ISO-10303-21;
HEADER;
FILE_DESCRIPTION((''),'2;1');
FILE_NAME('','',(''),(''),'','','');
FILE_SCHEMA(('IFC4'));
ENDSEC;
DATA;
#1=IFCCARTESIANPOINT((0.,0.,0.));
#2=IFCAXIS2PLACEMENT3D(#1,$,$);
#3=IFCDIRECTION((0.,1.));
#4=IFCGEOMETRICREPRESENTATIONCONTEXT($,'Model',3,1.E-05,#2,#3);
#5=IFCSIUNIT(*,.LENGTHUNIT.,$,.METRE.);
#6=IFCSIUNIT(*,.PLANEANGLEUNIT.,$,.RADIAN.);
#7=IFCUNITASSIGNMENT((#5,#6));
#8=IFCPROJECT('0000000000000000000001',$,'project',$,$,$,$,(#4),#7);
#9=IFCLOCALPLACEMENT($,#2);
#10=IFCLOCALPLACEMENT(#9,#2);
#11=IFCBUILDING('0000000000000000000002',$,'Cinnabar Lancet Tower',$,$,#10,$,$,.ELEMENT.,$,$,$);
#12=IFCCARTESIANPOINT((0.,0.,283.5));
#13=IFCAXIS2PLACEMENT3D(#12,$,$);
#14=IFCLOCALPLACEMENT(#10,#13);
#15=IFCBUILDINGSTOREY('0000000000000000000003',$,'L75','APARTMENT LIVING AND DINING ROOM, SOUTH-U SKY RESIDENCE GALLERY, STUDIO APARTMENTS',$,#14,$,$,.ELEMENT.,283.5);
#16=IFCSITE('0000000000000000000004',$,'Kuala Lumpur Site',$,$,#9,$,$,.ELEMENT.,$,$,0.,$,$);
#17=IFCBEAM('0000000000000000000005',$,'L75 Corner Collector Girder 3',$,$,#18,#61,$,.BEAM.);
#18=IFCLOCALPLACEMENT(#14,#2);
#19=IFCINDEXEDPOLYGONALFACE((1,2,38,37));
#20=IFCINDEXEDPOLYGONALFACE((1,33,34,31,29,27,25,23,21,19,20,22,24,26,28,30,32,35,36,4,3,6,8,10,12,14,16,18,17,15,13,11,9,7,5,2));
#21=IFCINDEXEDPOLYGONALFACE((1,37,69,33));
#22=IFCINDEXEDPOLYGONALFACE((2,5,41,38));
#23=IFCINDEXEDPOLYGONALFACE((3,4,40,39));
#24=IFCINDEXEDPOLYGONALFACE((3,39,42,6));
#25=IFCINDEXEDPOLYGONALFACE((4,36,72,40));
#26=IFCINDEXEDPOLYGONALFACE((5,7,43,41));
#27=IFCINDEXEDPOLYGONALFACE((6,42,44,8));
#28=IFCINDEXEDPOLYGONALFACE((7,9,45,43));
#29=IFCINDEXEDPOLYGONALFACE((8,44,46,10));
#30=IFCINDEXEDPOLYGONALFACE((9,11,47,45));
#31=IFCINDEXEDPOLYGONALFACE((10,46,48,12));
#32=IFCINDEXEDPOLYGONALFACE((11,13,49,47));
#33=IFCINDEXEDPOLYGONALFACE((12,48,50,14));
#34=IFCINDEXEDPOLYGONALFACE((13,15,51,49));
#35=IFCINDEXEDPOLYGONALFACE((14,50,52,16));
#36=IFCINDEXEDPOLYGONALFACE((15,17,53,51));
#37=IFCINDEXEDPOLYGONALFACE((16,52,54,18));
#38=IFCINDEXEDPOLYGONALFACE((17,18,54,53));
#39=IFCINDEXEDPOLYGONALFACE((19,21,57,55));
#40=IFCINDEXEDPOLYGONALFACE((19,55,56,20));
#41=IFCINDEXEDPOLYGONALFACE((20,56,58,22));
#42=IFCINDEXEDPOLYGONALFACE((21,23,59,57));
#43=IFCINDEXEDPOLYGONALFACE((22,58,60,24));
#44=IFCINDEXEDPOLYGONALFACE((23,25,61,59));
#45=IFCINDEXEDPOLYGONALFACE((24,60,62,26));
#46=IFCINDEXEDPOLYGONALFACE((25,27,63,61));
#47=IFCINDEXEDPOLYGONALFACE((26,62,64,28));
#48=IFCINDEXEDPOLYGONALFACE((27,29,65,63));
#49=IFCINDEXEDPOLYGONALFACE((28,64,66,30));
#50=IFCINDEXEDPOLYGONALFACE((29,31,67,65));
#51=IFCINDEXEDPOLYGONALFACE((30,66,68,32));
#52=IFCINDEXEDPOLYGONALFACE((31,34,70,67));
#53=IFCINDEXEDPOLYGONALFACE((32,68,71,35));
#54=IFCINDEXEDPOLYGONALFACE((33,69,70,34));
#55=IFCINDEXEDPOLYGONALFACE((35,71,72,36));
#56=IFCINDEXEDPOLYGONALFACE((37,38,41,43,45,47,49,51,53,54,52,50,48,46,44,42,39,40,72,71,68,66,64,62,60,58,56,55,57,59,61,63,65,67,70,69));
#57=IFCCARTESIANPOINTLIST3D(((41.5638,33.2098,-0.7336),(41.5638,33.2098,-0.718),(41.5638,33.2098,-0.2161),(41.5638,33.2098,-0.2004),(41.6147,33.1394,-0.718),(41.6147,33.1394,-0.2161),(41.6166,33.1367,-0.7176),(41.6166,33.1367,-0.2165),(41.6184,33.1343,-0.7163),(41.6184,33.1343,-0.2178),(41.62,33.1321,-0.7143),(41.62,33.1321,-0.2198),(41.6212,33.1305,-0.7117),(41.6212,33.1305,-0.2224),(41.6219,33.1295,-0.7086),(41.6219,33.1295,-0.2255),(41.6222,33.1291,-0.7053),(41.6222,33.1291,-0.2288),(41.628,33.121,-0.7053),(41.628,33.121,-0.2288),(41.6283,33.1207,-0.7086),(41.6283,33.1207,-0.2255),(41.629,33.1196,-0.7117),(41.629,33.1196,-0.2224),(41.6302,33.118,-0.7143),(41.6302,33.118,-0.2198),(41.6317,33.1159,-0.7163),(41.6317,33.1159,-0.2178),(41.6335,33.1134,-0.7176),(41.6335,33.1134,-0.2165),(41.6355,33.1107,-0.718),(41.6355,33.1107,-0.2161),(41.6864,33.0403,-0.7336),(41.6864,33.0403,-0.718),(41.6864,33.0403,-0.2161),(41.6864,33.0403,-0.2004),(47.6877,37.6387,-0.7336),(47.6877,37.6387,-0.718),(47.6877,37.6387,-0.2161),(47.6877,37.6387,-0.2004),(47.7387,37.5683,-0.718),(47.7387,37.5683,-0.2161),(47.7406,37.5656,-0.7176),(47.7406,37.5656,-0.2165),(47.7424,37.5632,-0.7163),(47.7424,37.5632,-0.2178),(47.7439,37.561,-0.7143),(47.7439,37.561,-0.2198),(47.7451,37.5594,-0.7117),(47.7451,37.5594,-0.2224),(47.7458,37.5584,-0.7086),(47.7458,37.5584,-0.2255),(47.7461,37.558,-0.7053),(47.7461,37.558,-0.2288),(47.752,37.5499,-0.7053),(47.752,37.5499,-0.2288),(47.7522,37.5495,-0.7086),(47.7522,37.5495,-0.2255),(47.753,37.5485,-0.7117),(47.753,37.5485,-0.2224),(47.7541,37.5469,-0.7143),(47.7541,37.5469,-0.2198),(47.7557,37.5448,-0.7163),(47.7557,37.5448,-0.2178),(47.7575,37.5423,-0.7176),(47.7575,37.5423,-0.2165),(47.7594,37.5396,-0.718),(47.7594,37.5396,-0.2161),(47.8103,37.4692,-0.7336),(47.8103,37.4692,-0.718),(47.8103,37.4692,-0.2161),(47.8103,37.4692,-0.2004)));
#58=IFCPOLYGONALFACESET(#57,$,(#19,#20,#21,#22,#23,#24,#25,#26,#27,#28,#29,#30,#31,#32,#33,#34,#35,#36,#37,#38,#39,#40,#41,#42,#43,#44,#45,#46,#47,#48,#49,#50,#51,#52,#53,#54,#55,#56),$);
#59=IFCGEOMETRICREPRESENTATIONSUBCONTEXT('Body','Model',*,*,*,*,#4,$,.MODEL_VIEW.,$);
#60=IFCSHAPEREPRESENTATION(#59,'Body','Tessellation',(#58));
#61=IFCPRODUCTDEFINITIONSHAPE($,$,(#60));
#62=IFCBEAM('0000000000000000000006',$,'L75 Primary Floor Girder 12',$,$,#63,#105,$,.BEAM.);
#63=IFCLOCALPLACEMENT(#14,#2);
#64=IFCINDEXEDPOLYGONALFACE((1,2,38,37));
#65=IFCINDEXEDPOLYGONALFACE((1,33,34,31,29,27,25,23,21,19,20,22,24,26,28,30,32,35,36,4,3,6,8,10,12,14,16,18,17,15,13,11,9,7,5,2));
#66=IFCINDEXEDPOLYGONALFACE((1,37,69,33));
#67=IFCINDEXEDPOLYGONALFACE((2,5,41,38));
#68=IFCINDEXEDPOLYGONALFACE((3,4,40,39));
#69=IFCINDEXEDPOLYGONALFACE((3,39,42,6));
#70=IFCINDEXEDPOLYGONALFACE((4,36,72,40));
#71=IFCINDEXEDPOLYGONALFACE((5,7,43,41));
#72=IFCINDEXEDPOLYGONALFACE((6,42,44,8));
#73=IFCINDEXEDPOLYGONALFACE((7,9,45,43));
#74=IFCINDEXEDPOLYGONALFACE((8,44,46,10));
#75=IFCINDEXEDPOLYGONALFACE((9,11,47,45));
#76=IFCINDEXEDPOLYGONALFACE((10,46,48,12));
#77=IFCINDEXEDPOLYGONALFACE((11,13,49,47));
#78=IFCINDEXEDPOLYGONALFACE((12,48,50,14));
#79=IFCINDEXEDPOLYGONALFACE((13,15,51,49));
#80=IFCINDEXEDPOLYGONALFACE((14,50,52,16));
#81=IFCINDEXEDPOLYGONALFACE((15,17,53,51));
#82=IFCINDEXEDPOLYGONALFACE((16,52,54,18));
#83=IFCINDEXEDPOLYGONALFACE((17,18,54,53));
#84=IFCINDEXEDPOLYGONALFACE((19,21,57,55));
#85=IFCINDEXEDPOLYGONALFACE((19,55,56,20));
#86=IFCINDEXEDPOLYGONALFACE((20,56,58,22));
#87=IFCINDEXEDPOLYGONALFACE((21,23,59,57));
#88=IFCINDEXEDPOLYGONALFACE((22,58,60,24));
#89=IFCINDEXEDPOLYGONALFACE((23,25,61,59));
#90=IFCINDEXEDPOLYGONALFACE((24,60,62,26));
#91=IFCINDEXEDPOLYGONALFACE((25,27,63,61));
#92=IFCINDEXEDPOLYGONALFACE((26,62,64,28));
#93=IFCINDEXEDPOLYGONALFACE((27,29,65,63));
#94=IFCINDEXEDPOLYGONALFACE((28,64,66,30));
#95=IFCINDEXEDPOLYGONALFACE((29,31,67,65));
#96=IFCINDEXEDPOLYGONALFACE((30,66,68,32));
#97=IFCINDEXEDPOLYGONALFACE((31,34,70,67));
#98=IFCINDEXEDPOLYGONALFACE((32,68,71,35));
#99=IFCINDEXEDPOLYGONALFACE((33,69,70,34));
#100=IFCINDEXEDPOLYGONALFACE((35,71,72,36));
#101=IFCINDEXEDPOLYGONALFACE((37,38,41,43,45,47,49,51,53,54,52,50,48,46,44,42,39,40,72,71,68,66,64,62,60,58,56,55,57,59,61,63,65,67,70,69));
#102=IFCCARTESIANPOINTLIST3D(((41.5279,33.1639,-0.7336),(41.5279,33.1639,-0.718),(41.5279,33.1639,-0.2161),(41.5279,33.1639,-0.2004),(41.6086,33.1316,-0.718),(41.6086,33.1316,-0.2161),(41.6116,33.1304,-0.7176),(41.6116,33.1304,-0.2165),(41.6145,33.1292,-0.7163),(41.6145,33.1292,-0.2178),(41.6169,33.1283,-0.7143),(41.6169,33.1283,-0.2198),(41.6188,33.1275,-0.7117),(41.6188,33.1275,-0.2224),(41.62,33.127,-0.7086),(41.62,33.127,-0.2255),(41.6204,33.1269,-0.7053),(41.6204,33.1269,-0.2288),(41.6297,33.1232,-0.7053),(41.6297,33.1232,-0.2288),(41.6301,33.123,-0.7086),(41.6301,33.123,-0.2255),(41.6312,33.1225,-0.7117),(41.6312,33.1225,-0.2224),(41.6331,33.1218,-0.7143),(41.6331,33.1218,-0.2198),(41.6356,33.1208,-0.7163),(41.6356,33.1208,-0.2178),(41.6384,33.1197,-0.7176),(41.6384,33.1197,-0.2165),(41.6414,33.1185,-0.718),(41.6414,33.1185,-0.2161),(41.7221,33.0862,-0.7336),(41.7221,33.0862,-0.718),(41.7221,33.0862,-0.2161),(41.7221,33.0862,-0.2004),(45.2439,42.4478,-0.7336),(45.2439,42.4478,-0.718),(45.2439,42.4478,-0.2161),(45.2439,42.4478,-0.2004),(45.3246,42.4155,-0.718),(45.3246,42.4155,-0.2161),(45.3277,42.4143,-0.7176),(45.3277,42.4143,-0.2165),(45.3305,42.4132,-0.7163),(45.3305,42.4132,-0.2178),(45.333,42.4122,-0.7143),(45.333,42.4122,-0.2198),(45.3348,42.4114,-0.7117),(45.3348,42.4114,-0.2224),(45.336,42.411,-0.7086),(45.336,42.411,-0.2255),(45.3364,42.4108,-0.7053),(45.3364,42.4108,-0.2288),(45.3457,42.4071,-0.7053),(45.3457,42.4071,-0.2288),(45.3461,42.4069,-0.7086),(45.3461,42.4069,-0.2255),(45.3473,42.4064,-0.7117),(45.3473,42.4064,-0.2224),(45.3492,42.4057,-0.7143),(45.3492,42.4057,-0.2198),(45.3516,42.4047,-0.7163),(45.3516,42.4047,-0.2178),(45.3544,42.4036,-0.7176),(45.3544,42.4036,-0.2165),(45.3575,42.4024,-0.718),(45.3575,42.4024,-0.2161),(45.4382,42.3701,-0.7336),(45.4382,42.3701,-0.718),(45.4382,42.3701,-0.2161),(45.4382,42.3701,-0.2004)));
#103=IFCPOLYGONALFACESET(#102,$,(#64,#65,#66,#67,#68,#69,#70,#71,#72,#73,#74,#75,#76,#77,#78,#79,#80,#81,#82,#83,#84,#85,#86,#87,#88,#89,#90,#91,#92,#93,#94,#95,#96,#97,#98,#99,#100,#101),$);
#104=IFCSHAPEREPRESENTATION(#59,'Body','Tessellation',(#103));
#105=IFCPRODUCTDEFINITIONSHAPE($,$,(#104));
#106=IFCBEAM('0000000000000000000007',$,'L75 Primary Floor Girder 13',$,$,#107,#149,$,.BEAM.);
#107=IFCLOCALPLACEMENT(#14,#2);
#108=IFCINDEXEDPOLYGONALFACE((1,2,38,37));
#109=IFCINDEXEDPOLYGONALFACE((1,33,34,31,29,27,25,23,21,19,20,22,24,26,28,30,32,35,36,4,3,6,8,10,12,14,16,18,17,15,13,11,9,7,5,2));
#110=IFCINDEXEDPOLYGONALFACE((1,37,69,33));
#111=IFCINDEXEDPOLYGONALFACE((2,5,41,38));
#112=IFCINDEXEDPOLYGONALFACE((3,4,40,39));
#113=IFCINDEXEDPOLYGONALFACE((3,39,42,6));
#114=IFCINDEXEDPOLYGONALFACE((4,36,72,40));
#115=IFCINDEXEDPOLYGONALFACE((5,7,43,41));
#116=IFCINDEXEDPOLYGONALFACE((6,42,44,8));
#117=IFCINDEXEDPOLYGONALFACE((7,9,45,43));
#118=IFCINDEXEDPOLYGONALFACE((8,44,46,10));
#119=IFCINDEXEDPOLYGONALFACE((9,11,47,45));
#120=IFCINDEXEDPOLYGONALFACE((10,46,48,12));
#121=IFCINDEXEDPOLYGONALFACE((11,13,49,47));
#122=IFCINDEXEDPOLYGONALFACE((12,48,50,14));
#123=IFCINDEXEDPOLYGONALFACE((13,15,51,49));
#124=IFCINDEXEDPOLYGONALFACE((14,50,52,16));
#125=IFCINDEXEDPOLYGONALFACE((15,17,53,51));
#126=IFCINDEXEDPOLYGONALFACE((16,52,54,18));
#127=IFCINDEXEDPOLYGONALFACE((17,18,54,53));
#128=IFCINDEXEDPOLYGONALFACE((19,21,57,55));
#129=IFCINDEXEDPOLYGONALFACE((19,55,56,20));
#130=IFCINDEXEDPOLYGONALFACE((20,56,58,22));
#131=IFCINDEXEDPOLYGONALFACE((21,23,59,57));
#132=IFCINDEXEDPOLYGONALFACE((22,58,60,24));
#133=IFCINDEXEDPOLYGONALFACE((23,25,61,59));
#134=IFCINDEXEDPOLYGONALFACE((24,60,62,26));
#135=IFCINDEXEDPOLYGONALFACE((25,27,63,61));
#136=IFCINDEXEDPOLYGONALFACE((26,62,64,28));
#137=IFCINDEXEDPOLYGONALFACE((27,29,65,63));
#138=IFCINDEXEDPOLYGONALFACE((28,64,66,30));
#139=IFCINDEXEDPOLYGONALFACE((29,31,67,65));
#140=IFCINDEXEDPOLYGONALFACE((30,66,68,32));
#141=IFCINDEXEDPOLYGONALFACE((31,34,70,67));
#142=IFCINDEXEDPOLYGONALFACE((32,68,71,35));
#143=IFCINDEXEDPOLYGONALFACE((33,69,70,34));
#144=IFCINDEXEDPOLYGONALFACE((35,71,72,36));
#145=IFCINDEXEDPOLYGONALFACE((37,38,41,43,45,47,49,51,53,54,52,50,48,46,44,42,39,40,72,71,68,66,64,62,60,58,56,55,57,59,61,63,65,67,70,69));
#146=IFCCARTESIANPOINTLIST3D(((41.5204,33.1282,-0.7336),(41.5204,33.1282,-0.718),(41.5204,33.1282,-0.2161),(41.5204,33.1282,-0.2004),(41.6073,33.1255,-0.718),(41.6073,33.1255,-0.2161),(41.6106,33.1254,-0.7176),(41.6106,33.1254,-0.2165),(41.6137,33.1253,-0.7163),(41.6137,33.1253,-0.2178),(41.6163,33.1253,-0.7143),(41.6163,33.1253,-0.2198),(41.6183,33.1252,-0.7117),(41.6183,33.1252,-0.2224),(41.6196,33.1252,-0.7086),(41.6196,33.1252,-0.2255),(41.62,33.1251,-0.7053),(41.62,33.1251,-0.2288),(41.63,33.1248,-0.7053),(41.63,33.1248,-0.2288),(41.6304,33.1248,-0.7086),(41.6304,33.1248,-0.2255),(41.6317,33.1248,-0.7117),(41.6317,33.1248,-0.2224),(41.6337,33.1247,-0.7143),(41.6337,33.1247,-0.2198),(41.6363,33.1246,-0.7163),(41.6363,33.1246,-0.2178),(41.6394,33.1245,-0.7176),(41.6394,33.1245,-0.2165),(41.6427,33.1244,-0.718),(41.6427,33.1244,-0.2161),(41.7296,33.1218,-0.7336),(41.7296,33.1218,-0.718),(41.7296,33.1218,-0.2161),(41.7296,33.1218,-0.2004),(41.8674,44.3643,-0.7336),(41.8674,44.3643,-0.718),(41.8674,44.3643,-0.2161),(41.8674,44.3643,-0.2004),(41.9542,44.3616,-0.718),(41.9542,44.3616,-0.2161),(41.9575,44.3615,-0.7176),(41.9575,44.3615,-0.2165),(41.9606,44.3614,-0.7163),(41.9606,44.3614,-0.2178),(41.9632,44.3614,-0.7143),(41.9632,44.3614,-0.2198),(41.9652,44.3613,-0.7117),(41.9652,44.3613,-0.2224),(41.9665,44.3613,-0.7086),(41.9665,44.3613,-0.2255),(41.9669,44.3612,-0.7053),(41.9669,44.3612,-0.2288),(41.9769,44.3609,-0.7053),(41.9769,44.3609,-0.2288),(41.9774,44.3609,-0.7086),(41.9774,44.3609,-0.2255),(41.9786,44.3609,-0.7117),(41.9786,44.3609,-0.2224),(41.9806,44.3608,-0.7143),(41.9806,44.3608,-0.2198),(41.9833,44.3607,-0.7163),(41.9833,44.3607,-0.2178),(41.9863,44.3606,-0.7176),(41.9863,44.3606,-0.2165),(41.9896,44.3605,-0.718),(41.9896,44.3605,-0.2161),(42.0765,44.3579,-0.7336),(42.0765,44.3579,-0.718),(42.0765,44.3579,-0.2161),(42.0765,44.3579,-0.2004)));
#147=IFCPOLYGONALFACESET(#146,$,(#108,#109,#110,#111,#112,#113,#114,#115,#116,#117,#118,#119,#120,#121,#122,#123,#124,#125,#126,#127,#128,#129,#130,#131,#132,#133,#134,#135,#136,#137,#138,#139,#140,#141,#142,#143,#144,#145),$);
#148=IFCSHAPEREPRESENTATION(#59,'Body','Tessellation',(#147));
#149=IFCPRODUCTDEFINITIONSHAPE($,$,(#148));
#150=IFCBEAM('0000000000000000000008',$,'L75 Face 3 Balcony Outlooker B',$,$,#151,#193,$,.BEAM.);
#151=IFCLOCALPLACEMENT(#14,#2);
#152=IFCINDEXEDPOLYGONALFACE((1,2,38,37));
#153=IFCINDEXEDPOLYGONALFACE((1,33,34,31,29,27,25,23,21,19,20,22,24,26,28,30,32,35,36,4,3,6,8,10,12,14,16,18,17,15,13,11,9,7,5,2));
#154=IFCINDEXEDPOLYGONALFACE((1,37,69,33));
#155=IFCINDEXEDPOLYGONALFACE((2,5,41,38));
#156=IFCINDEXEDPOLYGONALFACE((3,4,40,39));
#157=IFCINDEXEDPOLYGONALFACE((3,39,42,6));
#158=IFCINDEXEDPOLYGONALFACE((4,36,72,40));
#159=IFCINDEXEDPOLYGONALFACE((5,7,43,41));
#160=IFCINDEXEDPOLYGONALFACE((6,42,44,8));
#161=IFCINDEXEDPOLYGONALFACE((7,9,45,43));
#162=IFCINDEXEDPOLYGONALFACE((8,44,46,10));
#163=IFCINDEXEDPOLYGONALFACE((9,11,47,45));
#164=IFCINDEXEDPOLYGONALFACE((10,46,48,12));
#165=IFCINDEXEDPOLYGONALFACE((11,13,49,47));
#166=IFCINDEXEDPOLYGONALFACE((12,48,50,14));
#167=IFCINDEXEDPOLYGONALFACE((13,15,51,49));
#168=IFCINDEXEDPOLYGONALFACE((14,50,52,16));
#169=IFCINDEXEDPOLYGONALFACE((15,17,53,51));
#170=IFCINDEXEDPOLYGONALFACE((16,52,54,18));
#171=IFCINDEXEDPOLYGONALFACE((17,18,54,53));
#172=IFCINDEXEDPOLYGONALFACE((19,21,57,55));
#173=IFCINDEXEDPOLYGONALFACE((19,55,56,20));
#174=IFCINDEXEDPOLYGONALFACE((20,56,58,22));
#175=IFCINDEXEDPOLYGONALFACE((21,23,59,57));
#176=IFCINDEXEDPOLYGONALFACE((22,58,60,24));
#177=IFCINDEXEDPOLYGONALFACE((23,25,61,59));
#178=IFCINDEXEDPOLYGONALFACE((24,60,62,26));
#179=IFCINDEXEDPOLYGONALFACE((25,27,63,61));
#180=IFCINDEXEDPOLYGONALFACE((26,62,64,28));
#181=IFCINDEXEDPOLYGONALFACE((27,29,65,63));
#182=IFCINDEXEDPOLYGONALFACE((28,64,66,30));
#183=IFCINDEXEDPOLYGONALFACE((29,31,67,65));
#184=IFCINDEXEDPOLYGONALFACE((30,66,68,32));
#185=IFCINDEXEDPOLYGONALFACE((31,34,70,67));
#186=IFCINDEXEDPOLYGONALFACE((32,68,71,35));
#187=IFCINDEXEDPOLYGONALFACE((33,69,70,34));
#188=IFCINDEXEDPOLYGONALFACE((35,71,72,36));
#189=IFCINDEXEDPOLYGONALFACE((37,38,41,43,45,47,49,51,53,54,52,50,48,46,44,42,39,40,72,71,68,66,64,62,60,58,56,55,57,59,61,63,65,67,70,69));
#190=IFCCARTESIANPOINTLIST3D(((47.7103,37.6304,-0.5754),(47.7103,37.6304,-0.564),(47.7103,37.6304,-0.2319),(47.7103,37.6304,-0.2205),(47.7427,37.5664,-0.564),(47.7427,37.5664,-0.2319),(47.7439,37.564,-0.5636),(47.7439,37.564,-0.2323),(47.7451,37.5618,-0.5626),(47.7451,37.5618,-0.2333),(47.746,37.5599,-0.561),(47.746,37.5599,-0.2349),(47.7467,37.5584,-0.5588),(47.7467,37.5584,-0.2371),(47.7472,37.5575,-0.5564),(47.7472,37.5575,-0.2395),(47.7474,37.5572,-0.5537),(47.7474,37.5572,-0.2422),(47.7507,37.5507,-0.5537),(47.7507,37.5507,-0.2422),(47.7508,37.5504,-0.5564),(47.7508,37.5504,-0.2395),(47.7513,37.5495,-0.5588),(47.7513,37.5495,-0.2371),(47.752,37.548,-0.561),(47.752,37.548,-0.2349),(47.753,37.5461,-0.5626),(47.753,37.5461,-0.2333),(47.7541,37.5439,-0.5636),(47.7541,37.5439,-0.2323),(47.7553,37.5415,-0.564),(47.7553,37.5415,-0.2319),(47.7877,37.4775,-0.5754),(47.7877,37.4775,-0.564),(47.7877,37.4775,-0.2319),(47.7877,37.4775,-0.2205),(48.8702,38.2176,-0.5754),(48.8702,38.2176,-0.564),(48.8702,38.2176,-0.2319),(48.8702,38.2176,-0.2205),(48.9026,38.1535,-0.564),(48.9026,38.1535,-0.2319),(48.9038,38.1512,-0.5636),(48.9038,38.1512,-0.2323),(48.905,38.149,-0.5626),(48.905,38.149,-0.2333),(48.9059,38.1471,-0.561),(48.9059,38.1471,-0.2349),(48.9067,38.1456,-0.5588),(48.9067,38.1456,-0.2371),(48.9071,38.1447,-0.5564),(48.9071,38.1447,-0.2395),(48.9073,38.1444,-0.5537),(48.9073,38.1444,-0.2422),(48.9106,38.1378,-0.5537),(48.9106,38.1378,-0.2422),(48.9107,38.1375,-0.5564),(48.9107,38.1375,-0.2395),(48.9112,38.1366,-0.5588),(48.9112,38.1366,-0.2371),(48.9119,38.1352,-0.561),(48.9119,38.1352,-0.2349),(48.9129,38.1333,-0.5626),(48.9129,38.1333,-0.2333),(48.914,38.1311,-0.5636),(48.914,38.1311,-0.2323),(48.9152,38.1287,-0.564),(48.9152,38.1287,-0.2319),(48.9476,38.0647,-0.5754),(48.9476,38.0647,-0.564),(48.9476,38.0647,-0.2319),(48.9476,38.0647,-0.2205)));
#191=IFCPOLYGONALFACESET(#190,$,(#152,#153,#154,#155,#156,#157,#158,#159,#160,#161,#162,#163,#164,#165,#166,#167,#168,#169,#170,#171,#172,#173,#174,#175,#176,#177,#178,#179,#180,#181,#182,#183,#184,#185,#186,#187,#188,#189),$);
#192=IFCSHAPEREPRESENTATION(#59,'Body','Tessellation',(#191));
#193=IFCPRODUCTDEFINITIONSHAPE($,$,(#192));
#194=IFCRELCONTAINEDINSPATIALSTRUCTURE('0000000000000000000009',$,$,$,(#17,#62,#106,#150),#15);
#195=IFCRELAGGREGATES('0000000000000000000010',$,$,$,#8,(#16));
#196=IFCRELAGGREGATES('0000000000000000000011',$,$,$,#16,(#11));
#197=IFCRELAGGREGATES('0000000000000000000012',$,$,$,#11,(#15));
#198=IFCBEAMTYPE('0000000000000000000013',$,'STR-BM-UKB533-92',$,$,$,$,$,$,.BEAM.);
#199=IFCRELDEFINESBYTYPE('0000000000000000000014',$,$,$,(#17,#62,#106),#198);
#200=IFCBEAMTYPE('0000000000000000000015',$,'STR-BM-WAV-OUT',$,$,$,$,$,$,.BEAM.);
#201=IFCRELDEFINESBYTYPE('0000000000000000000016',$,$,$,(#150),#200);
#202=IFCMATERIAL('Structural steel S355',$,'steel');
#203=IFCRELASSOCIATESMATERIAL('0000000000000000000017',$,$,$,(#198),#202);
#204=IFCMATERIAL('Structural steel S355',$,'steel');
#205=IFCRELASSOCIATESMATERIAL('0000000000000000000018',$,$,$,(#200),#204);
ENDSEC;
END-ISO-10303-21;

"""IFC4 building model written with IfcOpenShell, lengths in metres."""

from ifc_helpers import new_model, si_unit, direction, frame, origin, origin_2d, place, context, subcontext, project, spatial, i_section, extrude, material, material_profile, profile_set, type_object, element, save


model = new_model("IFC4")

# Units and contexts
model_context = context("Model", 3, precision=1e-05, world=origin(), true_north=direction((0.0, 1.0)))
body_context = subcontext(model_context, "Body", "Model", "MODEL_VIEW")
ifc_project = project(units=[si_unit("LENGTHUNIT", "METRE"), si_unit("PLANEANGLEUNIT", "RADIAN")], contexts=[model_context])

# Site, building, storey
site_placement = place(None, origin())
site = spatial("IfcSite", under=ifc_project, at=site_placement, Name="Kuala Lumpur Site", CompositionType="ELEMENT", RefElevation=0.0)
building_placement = place(site_placement, origin())
building = spatial("IfcBuilding", under=site, at=building_placement, Name="Cinnabar Lancet Tower", CompositionType="ELEMENT")
storey_placement = place(building_placement, frame((0.0, 0.0, 283.5)))
storey = spatial("IfcBuildingStorey", under=building, at=storey_placement, Name="L75", Description="APARTMENT LIVING AND DINING ROOM, SOUTH-U SKY RESIDENCE GALLERY, STUDIO APARTMENTS", CompositionType="ELEMENT", Elevation=283.5)

# Beams
ifc_material_1 = material(Name="Structural steel S355", Category="steel")
ifc_material_profile_1 = material_profile(ifc_material_1, i_section(OverallWidth=0.2092, OverallDepth=0.5332, WebThickness=0.01, FlangeThickness=0.0156, FilletRadius=0.0127, at=origin_2d()), Name="UKB 533x210x92")
ifc_profile_set_1 = profile_set([ifc_material_profile_1], Name="Structural steel S355")
beam_type_1 = type_object("IfcBeamType", Name="STR-BM-UKB533-92", PredefinedType="BEAM", material=ifc_profile_set_1)
beam_1_placement = place(storey_placement, frame((47.749, 37.554, -0.467), z_axis=(-0.810299, -0.586016, 0.0), x_axis=(0.586016, -0.810299, 0.0)))
element("IfcBeam", 1, at=beam_1_placement, inside=storey, type_object=beam_type_1, Name="L75 Corner Collector Girder 3", PredefinedType="BEAM", context=body_context, shape_type="SweptSolid", body=[
    extrude(i_section(OverallWidth=0.2092, OverallDepth=0.5332, WebThickness=0.01, FlangeThickness=0.0156, FilletRadius=0.0127, at=origin_2d()), origin(), (0.0, 0.0, 1.0), 7.5576),
])
beam_2_placement = place(storey_placement, frame((45.3411, 42.4089, -0.467), z_axis=(-0.371605, -0.928391, 0.0), x_axis=(0.928391, -0.371605, 0.0)))
element("IfcBeam", 2, at=beam_2_placement, inside=storey, type_object=beam_type_1, Name="L75 Primary Floor Girder 12", PredefinedType="BEAM", context=body_context, shape_type="SweptSolid", body=[
    extrude(i_section(OverallWidth=0.2092, OverallDepth=0.5332, WebThickness=0.01, FlangeThickness=0.0156, FilletRadius=0.0127, at=origin_2d()), origin(), (0.0, 0.0, 1.0), 10.0),
])
beam_3_placement = place(storey_placement, frame((41.9719, 44.3611, -0.467), z_axis=(-0.030861, -0.999524, 0.0), x_axis=(0.999524, -0.030861, 0.0)))
element("IfcBeam", 3, at=beam_3_placement, inside=storey, type_object=beam_type_1, Name="L75 Primary Floor Girder 13", PredefinedType="BEAM", context=body_context, shape_type="SweptSolid", body=[
    extrude(i_section(OverallWidth=0.2092, OverallDepth=0.5332, WebThickness=0.01, FlangeThickness=0.0156, FilletRadius=0.0127, at=origin_2d()), origin(), (0.0, 0.0, 1.0), 11.2415),
])
ifc_material_2 = material(Name="Structural steel S355", Category="steel")
ifc_material_profile_2 = material_profile(ifc_material_2, i_section(OverallWidth=0.1714, OverallDepth=0.355, WebThickness=0.0073, FlangeThickness=0.0115, FilletRadius=0.0103, at=origin_2d()), Name="UKB 356x171x51")
ifc_profile_set_2 = profile_set([ifc_material_profile_2], Name="Structural steel S355")
beam_type_2 = type_object("IfcBeamType", Name="STR-BM-WAV-OUT", PredefinedType="BEAM", material=ifc_profile_set_2)
beam_4_placement = place(storey_placement, frame((47.749, 37.554, -0.3979), z_axis=(0.8922, 0.45164, 0.0), x_axis=(-0.45164, 0.8922, 0.0)))
element("IfcBeam", 4, at=beam_4_placement, inside=storey, type_object=beam_type_2, Name="L75 Face 3 Balcony Outlooker B", PredefinedType="BEAM", context=body_context, shape_type="SweptSolid", body=[
    extrude(i_section(OverallWidth=0.1714, OverallDepth=0.355, WebThickness=0.0073, FlangeThickness=0.0115, FilletRadius=0.0103, at=origin_2d()), origin(), (0.0, 0.0, 1.0), 1.3),
])

save(model, "model.ifc")
